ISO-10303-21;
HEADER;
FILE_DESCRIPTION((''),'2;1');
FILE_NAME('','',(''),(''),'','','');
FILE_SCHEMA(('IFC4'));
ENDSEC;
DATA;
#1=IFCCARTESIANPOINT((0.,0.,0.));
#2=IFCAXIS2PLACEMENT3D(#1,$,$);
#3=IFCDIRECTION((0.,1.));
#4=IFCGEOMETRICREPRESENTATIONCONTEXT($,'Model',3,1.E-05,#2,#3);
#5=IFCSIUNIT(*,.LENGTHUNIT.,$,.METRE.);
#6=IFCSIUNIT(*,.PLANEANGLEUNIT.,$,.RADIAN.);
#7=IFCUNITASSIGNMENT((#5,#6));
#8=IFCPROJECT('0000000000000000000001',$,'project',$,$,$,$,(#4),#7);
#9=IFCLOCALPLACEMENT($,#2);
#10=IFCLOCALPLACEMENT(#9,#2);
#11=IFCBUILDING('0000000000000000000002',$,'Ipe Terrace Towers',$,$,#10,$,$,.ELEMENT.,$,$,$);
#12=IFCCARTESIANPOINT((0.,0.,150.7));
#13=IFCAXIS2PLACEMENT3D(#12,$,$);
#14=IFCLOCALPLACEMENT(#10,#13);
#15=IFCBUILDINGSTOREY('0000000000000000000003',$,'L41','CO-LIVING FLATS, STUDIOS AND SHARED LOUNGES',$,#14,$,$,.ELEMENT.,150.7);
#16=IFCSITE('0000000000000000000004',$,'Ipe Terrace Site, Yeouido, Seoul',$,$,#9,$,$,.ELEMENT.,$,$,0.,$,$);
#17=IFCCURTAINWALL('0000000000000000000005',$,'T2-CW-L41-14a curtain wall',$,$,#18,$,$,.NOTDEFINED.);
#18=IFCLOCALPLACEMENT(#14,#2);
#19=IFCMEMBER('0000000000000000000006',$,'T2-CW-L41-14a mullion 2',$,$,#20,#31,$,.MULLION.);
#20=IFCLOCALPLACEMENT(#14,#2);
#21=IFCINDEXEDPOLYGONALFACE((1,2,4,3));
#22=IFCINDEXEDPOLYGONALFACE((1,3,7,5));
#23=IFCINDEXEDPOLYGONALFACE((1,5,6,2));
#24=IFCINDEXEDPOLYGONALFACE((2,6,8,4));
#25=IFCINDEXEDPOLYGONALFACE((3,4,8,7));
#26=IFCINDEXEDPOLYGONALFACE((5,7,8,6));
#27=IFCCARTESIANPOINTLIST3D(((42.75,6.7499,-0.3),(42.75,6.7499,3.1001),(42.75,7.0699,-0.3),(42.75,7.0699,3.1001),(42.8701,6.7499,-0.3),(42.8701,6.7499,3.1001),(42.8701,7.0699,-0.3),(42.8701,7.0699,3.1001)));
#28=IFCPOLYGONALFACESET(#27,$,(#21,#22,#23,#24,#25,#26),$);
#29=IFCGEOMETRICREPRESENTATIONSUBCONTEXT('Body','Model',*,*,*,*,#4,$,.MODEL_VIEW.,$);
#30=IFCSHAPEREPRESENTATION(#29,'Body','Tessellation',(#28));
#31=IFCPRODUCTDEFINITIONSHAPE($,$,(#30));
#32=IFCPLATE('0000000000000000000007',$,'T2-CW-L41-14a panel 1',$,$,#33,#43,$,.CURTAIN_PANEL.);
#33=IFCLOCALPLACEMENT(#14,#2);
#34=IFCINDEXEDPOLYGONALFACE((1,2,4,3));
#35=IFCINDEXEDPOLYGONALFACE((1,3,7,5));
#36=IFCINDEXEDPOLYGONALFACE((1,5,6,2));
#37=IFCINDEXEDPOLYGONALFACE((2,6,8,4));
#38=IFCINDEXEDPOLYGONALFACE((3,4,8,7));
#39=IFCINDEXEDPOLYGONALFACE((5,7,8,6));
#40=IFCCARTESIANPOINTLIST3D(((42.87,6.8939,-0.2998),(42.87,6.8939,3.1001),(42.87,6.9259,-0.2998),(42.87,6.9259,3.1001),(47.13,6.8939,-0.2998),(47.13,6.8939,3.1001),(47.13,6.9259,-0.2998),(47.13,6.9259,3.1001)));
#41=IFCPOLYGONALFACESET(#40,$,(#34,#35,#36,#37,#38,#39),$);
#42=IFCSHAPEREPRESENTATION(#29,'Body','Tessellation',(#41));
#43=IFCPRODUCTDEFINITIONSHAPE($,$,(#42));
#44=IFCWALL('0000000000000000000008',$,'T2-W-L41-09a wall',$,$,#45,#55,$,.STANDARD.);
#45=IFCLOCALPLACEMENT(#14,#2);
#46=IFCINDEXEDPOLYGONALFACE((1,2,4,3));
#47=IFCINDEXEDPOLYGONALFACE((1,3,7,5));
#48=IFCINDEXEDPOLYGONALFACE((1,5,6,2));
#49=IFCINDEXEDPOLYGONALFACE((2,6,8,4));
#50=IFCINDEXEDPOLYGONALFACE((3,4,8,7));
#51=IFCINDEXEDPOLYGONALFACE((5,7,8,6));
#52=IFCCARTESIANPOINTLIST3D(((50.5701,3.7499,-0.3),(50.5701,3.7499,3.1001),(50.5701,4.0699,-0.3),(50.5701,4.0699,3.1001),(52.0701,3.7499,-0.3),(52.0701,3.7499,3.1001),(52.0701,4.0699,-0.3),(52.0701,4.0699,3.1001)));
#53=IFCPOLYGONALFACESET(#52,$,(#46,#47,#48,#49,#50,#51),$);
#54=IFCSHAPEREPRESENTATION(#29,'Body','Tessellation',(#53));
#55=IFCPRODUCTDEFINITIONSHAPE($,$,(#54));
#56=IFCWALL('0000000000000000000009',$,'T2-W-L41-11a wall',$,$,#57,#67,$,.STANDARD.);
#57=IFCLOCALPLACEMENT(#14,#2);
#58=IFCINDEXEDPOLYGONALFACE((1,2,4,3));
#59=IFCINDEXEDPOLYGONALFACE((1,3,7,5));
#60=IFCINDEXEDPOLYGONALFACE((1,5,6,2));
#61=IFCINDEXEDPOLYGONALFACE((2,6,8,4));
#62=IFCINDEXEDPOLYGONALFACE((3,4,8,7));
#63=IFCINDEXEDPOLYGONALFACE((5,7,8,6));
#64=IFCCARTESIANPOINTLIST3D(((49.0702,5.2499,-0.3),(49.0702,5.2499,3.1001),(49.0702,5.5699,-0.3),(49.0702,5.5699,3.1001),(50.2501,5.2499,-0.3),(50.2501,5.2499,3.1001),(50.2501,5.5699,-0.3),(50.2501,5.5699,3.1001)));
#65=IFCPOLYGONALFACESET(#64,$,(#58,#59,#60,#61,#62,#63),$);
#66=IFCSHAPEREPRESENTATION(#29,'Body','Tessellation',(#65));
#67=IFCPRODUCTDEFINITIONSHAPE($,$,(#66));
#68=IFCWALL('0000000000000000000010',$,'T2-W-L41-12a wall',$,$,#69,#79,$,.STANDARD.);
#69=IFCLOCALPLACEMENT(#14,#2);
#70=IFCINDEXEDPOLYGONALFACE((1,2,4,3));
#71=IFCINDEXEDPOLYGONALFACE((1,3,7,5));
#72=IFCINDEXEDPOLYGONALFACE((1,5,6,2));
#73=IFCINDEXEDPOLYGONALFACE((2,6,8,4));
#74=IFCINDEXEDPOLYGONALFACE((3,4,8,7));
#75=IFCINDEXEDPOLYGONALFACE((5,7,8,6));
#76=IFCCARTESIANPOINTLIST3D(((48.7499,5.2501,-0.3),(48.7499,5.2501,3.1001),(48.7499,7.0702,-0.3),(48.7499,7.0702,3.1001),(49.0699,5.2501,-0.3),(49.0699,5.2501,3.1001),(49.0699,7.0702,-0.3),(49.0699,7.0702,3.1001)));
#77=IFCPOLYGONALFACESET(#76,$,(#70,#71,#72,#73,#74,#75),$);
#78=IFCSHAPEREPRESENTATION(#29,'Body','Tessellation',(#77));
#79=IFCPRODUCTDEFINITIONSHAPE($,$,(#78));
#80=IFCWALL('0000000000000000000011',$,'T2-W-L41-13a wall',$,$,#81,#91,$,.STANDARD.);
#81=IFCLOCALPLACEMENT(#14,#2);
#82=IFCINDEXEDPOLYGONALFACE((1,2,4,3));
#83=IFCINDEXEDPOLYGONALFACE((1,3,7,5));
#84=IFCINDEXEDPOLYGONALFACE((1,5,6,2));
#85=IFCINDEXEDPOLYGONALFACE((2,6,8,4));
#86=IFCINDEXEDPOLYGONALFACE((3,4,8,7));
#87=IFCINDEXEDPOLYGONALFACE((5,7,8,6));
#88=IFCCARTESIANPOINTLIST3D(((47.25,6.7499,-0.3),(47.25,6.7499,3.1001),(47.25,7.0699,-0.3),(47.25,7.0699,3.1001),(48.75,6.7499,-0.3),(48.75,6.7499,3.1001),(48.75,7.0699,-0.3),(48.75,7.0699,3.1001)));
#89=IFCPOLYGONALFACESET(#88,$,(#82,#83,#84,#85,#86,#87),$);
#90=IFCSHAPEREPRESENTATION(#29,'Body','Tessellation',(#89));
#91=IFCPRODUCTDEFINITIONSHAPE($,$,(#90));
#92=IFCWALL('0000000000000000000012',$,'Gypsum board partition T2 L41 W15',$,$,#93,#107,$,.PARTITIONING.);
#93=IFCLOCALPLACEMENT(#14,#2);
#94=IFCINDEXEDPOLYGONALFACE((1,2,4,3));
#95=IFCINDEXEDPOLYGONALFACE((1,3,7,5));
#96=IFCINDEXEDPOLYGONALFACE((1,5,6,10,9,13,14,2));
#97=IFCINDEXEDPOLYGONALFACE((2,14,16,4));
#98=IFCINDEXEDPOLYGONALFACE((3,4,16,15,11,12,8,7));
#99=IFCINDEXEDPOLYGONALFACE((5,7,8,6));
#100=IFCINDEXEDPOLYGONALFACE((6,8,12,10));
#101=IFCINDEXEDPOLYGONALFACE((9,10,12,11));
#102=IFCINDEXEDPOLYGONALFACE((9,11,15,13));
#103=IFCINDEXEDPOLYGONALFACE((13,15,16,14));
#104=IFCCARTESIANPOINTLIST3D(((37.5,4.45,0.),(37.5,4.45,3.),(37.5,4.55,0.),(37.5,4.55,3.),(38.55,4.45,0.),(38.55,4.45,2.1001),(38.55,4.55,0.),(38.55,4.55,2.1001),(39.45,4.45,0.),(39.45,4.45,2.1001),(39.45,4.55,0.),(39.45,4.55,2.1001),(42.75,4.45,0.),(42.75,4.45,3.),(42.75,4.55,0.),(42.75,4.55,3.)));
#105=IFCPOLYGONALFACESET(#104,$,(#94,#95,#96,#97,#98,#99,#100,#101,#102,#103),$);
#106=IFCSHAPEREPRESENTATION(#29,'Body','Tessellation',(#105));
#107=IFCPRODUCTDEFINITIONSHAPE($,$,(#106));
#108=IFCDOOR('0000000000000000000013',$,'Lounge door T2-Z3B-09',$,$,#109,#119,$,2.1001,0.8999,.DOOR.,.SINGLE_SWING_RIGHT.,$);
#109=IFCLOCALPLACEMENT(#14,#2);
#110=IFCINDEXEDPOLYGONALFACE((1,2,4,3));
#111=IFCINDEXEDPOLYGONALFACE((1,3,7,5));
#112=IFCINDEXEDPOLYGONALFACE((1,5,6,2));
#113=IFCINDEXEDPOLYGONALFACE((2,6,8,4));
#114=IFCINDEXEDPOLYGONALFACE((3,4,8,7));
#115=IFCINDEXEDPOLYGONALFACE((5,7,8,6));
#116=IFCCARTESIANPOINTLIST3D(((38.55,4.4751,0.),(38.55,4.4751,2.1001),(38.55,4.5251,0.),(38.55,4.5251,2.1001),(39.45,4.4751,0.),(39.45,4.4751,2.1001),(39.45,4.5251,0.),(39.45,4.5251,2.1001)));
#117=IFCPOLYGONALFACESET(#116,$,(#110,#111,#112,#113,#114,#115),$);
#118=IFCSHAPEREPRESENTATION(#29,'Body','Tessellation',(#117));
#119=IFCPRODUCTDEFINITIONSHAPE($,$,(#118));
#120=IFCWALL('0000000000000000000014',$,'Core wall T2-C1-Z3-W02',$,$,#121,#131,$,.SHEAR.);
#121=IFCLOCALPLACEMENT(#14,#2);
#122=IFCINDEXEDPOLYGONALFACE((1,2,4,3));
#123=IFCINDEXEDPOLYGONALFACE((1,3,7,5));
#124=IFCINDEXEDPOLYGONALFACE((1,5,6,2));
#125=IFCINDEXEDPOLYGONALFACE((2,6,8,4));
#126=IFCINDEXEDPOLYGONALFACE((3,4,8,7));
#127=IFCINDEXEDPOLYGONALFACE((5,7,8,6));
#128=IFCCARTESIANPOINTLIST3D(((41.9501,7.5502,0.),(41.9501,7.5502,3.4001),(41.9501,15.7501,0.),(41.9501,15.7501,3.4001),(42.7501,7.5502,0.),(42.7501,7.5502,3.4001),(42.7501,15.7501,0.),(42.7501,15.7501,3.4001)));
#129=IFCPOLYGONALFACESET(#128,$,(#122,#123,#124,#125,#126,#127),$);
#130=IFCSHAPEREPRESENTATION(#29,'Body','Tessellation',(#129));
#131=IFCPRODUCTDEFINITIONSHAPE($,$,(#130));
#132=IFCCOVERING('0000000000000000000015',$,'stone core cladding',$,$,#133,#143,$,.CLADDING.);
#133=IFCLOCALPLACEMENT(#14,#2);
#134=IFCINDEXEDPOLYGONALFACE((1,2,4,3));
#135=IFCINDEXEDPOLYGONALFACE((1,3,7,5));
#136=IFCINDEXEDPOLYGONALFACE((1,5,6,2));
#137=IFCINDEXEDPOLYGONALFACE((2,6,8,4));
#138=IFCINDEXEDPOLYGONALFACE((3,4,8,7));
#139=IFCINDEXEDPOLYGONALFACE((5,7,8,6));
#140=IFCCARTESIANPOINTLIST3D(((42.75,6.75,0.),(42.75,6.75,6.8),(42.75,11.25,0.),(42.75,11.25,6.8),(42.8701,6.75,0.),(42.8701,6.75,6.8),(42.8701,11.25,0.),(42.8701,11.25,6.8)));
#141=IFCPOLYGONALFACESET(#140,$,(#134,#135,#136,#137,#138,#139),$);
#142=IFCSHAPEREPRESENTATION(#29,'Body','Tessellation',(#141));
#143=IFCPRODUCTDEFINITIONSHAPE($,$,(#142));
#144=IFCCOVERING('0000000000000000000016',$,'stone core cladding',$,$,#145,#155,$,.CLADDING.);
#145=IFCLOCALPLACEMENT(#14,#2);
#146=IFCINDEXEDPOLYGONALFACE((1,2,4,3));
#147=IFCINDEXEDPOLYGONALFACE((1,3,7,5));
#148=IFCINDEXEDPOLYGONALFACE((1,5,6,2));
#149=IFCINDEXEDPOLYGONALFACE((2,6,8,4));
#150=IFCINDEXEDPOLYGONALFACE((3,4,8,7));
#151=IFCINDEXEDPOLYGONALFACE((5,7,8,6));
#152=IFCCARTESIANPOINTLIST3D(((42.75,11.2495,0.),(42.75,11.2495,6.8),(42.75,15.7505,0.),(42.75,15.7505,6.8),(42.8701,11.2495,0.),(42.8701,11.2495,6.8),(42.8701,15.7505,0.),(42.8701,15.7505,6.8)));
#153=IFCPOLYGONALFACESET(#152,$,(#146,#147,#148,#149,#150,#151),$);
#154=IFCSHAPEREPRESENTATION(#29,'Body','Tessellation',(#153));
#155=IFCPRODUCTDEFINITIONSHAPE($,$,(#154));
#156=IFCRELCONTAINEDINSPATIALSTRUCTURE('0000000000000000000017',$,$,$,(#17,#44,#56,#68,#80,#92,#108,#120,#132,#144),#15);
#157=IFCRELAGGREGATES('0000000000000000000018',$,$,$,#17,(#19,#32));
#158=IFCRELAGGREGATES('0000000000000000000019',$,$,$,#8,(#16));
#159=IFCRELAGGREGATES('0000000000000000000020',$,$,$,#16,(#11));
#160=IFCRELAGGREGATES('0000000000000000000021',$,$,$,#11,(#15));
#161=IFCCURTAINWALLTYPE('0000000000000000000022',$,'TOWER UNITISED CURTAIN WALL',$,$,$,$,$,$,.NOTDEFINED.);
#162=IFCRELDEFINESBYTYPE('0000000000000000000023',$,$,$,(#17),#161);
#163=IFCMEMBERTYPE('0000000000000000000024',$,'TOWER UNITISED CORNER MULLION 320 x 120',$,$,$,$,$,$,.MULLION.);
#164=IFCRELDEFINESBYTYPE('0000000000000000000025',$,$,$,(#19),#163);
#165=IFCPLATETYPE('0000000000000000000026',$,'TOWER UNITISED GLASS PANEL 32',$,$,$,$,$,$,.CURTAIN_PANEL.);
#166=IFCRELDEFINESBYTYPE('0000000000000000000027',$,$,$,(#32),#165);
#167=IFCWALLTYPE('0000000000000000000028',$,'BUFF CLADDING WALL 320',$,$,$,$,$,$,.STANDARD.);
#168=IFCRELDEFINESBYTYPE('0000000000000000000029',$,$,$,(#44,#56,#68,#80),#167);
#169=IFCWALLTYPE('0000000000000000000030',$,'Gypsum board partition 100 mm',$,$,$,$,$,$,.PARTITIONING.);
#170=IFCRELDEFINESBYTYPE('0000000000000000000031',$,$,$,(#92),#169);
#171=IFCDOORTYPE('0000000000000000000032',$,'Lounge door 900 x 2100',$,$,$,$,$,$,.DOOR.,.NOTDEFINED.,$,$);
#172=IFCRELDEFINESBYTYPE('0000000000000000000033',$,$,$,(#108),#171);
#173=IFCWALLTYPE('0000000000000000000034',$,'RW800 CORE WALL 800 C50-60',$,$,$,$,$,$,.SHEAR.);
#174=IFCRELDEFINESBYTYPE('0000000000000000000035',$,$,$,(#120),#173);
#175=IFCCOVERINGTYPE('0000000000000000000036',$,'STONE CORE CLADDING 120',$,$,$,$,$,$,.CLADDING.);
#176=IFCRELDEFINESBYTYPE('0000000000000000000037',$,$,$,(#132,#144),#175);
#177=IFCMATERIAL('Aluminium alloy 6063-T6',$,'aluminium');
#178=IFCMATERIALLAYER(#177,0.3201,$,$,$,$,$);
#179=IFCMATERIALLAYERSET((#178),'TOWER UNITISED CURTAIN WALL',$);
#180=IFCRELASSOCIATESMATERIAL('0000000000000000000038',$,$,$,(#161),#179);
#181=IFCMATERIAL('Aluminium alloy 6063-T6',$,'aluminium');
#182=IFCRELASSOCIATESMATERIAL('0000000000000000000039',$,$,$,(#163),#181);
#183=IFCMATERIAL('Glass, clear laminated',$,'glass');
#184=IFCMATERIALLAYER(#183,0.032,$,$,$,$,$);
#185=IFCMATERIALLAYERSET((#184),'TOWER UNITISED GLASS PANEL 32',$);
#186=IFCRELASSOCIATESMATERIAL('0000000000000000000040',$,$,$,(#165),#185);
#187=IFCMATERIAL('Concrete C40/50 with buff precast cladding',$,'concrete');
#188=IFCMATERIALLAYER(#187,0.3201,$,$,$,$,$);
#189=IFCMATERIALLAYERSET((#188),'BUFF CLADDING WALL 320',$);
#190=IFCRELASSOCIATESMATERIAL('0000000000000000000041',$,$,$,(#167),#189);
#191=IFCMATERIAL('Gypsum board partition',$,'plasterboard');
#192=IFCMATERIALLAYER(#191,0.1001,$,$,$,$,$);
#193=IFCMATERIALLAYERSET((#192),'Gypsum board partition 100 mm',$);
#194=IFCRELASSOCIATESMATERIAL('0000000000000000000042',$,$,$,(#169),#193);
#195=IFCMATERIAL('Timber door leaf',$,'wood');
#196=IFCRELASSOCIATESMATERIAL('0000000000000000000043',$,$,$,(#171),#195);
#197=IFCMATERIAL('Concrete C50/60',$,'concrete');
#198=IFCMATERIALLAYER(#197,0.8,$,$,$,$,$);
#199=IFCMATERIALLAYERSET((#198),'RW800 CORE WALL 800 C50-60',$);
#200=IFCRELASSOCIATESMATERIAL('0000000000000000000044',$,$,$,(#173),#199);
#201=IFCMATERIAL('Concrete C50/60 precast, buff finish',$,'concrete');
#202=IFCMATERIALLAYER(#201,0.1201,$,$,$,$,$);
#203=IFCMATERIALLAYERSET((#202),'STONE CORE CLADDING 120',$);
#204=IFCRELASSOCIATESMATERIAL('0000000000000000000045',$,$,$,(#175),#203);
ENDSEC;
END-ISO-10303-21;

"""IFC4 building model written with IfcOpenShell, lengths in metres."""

from ifc_helpers import new_model, si_unit, direction, frame, frame_2d, origin, origin_2d, place, context, subcontext, project, spatial, rectangle, extrude, material, layer, layer_set, material_profile, profile_set, type_object, element, fill, aggregate, save


model = new_model("IFC4")

# Units and contexts
model_context = context("Model", 3, precision=1e-05, world=origin(), true_north=direction((0.0, 1.0)))
body_context = subcontext(model_context, "Body", "Model", "MODEL_VIEW")
ifc_project = project(units=[si_unit("LENGTHUNIT", "METRE"), si_unit("PLANEANGLEUNIT", "RADIAN")], contexts=[model_context])

# Site, building, storey
site_placement = place(None, origin())
site = spatial("IfcSite", under=ifc_project, at=site_placement, Name="Ipe Terrace Site, Yeouido, Seoul", CompositionType="ELEMENT", RefElevation=0.0)
building_placement = place(site_placement, origin())
building = spatial("IfcBuilding", under=site, at=building_placement, Name="Ipe Terrace Towers", CompositionType="ELEMENT")
storey_placement = place(building_placement, frame((0.0, 0.0, 150.7)))
storey = spatial("IfcBuildingStorey", under=building, at=storey_placement, Name="L41", Description="CO-LIVING FLATS, STUDIOS AND SHARED LOUNGES", CompositionType="ELEMENT", Elevation=150.7)

# Curtain wall, member, plate
ifc_material_1 = material(Name="Aluminium alloy 6063-T6", Category="aluminium")
ifc_layer_1 = layer(ifc_material_1, 0.3201)
ifc_layer_set_1 = layer_set([ifc_layer_1], Name="TOWER UNITISED CURTAIN WALL")
curtain_wall_type = type_object("IfcCurtainWallType", Name="TOWER UNITISED CURTAIN WALL", PredefinedType="NOTDEFINED", material=ifc_layer_set_1)
curtain_wall_placement = place(storey_placement, origin())
curtain_wall = element("IfcCurtainWall", 1, at=curtain_wall_placement, inside=storey, type_object=curtain_wall_type, Name="T2-CW-L41-14a curtain wall", PredefinedType="NOTDEFINED")
ifc_material_2 = material(Name="Aluminium alloy 6063-T6", Category="aluminium")
ifc_material_profile_1 = material_profile(ifc_material_2, rectangle(XDim=0.3201, YDim=0.1201, at=origin_2d()), Name="TOWER UNITISED CORNER MULLION 320 x 120")
ifc_profile_set_1 = profile_set([ifc_material_profile_1], Name="Aluminium alloy 6063-T6")
member_type = type_object("IfcMemberType", Name="TOWER UNITISED CORNER MULLION 320 x 120", PredefinedType="MULLION", material=ifc_profile_set_1)
member_1_placement = place(storey_placement, frame((42.8101, 6.9099, -0.3), z_axis=(0.0, 0.0, 1.0), x_axis=(0.0, 1.0, 0.0)))
member_1 = element("IfcMember", 2, at=member_1_placement, type_object=member_type, Name="T2-CW-L41-14a mullion 2", PredefinedType="MULLION", context=body_context, shape_type="SweptSolid", body=[
    extrude(rectangle(XDim=0.3201, YDim=0.1201, at=origin_2d()), origin(), (0.0, 0.0, 1.0), 3.4001),
])
ifc_material_3 = material(Name="Glass, clear laminated", Category="glass")
ifc_layer_2 = layer(ifc_material_3, 0.032)
ifc_layer_set_2 = layer_set([ifc_layer_2], Name="TOWER UNITISED GLASS PANEL 32")
plate_type = type_object("IfcPlateType", Name="TOWER UNITISED GLASS PANEL 32", PredefinedType="CURTAIN_PANEL", material=ifc_layer_set_2)
plate_placement = place(storey_placement, frame((45.0, 6.9099, -0.2998), z_axis=(0.0, 0.0, 1.0), x_axis=(-1.0, 0.0, 0.0)))
plate = element("IfcPlate", 3, at=plate_placement, type_object=plate_type, Name="T2-CW-L41-14a panel 1", PredefinedType="CURTAIN_PANEL", context=body_context, shape_type="SweptSolid", body=[
    extrude(rectangle(XDim=4.26, YDim=0.032, at=origin_2d()), origin(), (0.0, 0.0, 1.0), 3.3999),
])
aggregate(curtain_wall, [member_1, plate])

# Walls
ifc_material_4 = material(Name="Concrete C40/50 with buff precast cladding", Category="concrete")
ifc_layer_3 = layer(ifc_material_4, 0.3201)
ifc_layer_set_3 = layer_set([ifc_layer_3], Name="BUFF CLADDING WALL 320")
wall_type_1 = type_object("IfcWallType", Name="BUFF CLADDING WALL 320", PredefinedType="STANDARD", material=ifc_layer_set_3)
wall_1_placement = place(storey_placement, frame((52.0701, 3.9099, -0.3), z_axis=(0.0, 0.0, 1.0), x_axis=(-1.0, 0.0, 0.0)))
element("IfcWall", 4, at=wall_1_placement, inside=storey, type_object=wall_type_1, Name="T2-W-L41-09a wall", PredefinedType="STANDARD", context=body_context, shape_type="SweptSolid", body=[
    extrude(rectangle(XDim=1.5, YDim=0.3201, at=frame_2d((0.75, 0.0))), origin(), (0.0, 0.0, 1.0), 3.4001),
])
wall_2_placement = place(storey_placement, frame((50.25, 5.4099, -0.3), z_axis=(0.0, 0.0, 1.0), x_axis=(-1.0, 0.0, 0.0)))
element("IfcWall", 5, at=wall_2_placement, inside=storey, type_object=wall_type_1, Name="T2-W-L41-11a wall", PredefinedType="STANDARD", context=body_context, shape_type="SweptSolid", body=[
    extrude(rectangle(XDim=1.1799, YDim=0.3201, at=frame_2d((0.5898, 0.0))), origin(), (0.0, 0.0, 1.0), 3.4001),
])
wall_3_placement = place(storey_placement, frame((48.9099, 5.25, -0.3), z_axis=(0.0, 0.0, 1.0), x_axis=(0.0, 1.0, 0.0)))
element("IfcWall", 6, at=wall_3_placement, inside=storey, type_object=wall_type_1, Name="T2-W-L41-12a wall", PredefinedType="STANDARD", context=body_context, shape_type="SweptSolid", body=[
    extrude(rectangle(XDim=1.8201, YDim=0.3201, at=frame_2d((0.9102, 0.0))), origin(), (0.0, 0.0, 1.0), 3.4001),
])
wall_4_placement = place(storey_placement, frame((48.75, 6.9099, -0.3), z_axis=(0.0, 0.0, 1.0), x_axis=(-1.0, 0.0, 0.0)))
element("IfcWall", 7, at=wall_4_placement, inside=storey, type_object=wall_type_1, Name="T2-W-L41-13a wall", PredefinedType="STANDARD", context=body_context, shape_type="SweptSolid", body=[
    extrude(rectangle(XDim=1.5, YDim=0.3201, at=frame_2d((0.75, 0.0))), origin(), (0.0, 0.0, 1.0), 3.4001),
])

# Wall, opening, door
ifc_material_5 = material(Name="Gypsum board partition", Category="plasterboard")
ifc_layer_4 = layer(ifc_material_5, 0.1001)
ifc_layer_set_4 = layer_set([ifc_layer_4], Name="Gypsum board partition 100 mm")
wall_type_2 = type_object("IfcWallType", Name="Gypsum board partition 100 mm", PredefinedType="PARTITIONING", material=ifc_layer_set_4)
wall_5_placement = place(storey_placement, frame((42.75, 4.5, 0.0), z_axis=(0.0, 0.0, 1.0), x_axis=(-1.0, 0.0, 0.0)))
wall_5 = element("IfcWall", 8, at=wall_5_placement, inside=storey, type_object=wall_type_2, Name="Gypsum board partition T2 L41 W15", PredefinedType="PARTITIONING", context=body_context, shape_type="SweptSolid", body=[
    extrude(rectangle(XDim=5.25, YDim=0.1001, at=frame_2d((2.625, 0.0))), origin(), (0.0, 0.0, 1.0), 3.0),
])
opening_placement = place(wall_5_placement, frame((3.3, 0.0, 0.0)))
opening = element("IfcOpeningElement", 9, at=opening_placement, cuts=wall_5, PredefinedType="OPENING", context=body_context, shape_type="SweptSolid", body=[
    extrude(rectangle(XDim=0.8999, YDim=2.1001, at=frame_2d((0.45, 1.05))), frame((0.0, 0.0601, 0.0), z_axis=(0.0, -1.0, 0.0), x_axis=(1.0, 0.0, 0.0)), (0.0, 0.0, 1.0), 0.1201),
])
ifc_material_6 = material(Name="Timber door leaf", Category="wood")
door_type = type_object("IfcDoorType", Name="Lounge door 900 x 2100", OperationType="NOTDEFINED", PredefinedType="DOOR", material=ifc_material_6)
door_placement = place(opening_placement, origin())
door = element("IfcDoor", 10, at=door_placement, inside=storey, type_object=door_type, Name="Lounge door T2-Z3B-09", OperationType="SINGLE_SWING_RIGHT", OverallHeight=2.1001, OverallWidth=0.8999, PredefinedType="DOOR", context=body_context, shape_type="SweptSolid", body=[
    extrude(rectangle(XDim=0.8999, YDim=2.1001, at=frame_2d((0.45, 1.05))), frame((0.0, 0.0249, 0.0), z_axis=(0.0, -1.0, 0.0), x_axis=(1.0, 0.0, 0.0)), (0.0, 0.0, 1.0), 0.05),
])
fill(opening, door)

# Wall
ifc_material_7 = material(Name="Concrete C50/60", Category="concrete")
ifc_layer_5 = layer(ifc_material_7, 0.8)
ifc_layer_set_5 = layer_set([ifc_layer_5], Name="RW800 CORE WALL 800 C50-60")
wall_type_3 = type_object("IfcWallType", Name="RW800 CORE WALL 800 C50-60", PredefinedType="SHEAR", material=ifc_layer_set_5)
wall_6_placement = place(storey_placement, frame((42.3501, 7.55, 0.0), z_axis=(0.0, 0.0, 1.0), x_axis=(0.0, 1.0, 0.0)))
element("IfcWall", 11, at=wall_6_placement, inside=storey, type_object=wall_type_3, Name="Core wall T2-C1-Z3-W02", PredefinedType="SHEAR", context=body_context, shape_type="SweptSolid", body=[
    extrude(rectangle(XDim=8.2, YDim=0.8, at=frame_2d((4.1001, 0.0))), origin(), (0.0, 0.0, 1.0), 3.4001),
])

# Coverings
ifc_material_8 = material(Name="Concrete C50/60 precast, buff finish", Category="concrete")
ifc_layer_6 = layer(ifc_material_8, 0.1201)
ifc_layer_set_6 = layer_set([ifc_layer_6], Name="STONE CORE CLADDING 120")
covering_type = type_object("IfcCoveringType", Name="STONE CORE CLADDING 120", PredefinedType="CLADDING", material=ifc_layer_set_6)
covering_1_placement = place(storey_placement, frame((42.8101, 9.0, 0.0), z_axis=(0.0, 0.0, 1.0), x_axis=(0.0, 1.0, 0.0)))
element("IfcCovering", 12, at=covering_1_placement, inside=storey, type_object=covering_type, Name="stone core cladding", PredefinedType="CLADDING", context=body_context, shape_type="SweptSolid", body=[
    extrude(rectangle(XDim=4.5, YDim=0.1201, at=origin_2d()), origin(), (0.0, 0.0, 1.0), 6.8),
])
covering_2_placement = place(storey_placement, frame((42.8101, 13.5, 0.0), z_axis=(0.0, 0.0, 1.0), x_axis=(0.0, 1.0, 0.0)))
element("IfcCovering", 13, at=covering_2_placement, inside=storey, type_object=covering_type, Name="stone core cladding", PredefinedType="CLADDING", context=body_context, shape_type="SweptSolid", body=[
    extrude(rectangle(XDim=4.501, YDim=0.1201, at=origin_2d()), origin(), (0.0, 0.0, 1.0), 6.8),
])

save(model, "model.ifc")
